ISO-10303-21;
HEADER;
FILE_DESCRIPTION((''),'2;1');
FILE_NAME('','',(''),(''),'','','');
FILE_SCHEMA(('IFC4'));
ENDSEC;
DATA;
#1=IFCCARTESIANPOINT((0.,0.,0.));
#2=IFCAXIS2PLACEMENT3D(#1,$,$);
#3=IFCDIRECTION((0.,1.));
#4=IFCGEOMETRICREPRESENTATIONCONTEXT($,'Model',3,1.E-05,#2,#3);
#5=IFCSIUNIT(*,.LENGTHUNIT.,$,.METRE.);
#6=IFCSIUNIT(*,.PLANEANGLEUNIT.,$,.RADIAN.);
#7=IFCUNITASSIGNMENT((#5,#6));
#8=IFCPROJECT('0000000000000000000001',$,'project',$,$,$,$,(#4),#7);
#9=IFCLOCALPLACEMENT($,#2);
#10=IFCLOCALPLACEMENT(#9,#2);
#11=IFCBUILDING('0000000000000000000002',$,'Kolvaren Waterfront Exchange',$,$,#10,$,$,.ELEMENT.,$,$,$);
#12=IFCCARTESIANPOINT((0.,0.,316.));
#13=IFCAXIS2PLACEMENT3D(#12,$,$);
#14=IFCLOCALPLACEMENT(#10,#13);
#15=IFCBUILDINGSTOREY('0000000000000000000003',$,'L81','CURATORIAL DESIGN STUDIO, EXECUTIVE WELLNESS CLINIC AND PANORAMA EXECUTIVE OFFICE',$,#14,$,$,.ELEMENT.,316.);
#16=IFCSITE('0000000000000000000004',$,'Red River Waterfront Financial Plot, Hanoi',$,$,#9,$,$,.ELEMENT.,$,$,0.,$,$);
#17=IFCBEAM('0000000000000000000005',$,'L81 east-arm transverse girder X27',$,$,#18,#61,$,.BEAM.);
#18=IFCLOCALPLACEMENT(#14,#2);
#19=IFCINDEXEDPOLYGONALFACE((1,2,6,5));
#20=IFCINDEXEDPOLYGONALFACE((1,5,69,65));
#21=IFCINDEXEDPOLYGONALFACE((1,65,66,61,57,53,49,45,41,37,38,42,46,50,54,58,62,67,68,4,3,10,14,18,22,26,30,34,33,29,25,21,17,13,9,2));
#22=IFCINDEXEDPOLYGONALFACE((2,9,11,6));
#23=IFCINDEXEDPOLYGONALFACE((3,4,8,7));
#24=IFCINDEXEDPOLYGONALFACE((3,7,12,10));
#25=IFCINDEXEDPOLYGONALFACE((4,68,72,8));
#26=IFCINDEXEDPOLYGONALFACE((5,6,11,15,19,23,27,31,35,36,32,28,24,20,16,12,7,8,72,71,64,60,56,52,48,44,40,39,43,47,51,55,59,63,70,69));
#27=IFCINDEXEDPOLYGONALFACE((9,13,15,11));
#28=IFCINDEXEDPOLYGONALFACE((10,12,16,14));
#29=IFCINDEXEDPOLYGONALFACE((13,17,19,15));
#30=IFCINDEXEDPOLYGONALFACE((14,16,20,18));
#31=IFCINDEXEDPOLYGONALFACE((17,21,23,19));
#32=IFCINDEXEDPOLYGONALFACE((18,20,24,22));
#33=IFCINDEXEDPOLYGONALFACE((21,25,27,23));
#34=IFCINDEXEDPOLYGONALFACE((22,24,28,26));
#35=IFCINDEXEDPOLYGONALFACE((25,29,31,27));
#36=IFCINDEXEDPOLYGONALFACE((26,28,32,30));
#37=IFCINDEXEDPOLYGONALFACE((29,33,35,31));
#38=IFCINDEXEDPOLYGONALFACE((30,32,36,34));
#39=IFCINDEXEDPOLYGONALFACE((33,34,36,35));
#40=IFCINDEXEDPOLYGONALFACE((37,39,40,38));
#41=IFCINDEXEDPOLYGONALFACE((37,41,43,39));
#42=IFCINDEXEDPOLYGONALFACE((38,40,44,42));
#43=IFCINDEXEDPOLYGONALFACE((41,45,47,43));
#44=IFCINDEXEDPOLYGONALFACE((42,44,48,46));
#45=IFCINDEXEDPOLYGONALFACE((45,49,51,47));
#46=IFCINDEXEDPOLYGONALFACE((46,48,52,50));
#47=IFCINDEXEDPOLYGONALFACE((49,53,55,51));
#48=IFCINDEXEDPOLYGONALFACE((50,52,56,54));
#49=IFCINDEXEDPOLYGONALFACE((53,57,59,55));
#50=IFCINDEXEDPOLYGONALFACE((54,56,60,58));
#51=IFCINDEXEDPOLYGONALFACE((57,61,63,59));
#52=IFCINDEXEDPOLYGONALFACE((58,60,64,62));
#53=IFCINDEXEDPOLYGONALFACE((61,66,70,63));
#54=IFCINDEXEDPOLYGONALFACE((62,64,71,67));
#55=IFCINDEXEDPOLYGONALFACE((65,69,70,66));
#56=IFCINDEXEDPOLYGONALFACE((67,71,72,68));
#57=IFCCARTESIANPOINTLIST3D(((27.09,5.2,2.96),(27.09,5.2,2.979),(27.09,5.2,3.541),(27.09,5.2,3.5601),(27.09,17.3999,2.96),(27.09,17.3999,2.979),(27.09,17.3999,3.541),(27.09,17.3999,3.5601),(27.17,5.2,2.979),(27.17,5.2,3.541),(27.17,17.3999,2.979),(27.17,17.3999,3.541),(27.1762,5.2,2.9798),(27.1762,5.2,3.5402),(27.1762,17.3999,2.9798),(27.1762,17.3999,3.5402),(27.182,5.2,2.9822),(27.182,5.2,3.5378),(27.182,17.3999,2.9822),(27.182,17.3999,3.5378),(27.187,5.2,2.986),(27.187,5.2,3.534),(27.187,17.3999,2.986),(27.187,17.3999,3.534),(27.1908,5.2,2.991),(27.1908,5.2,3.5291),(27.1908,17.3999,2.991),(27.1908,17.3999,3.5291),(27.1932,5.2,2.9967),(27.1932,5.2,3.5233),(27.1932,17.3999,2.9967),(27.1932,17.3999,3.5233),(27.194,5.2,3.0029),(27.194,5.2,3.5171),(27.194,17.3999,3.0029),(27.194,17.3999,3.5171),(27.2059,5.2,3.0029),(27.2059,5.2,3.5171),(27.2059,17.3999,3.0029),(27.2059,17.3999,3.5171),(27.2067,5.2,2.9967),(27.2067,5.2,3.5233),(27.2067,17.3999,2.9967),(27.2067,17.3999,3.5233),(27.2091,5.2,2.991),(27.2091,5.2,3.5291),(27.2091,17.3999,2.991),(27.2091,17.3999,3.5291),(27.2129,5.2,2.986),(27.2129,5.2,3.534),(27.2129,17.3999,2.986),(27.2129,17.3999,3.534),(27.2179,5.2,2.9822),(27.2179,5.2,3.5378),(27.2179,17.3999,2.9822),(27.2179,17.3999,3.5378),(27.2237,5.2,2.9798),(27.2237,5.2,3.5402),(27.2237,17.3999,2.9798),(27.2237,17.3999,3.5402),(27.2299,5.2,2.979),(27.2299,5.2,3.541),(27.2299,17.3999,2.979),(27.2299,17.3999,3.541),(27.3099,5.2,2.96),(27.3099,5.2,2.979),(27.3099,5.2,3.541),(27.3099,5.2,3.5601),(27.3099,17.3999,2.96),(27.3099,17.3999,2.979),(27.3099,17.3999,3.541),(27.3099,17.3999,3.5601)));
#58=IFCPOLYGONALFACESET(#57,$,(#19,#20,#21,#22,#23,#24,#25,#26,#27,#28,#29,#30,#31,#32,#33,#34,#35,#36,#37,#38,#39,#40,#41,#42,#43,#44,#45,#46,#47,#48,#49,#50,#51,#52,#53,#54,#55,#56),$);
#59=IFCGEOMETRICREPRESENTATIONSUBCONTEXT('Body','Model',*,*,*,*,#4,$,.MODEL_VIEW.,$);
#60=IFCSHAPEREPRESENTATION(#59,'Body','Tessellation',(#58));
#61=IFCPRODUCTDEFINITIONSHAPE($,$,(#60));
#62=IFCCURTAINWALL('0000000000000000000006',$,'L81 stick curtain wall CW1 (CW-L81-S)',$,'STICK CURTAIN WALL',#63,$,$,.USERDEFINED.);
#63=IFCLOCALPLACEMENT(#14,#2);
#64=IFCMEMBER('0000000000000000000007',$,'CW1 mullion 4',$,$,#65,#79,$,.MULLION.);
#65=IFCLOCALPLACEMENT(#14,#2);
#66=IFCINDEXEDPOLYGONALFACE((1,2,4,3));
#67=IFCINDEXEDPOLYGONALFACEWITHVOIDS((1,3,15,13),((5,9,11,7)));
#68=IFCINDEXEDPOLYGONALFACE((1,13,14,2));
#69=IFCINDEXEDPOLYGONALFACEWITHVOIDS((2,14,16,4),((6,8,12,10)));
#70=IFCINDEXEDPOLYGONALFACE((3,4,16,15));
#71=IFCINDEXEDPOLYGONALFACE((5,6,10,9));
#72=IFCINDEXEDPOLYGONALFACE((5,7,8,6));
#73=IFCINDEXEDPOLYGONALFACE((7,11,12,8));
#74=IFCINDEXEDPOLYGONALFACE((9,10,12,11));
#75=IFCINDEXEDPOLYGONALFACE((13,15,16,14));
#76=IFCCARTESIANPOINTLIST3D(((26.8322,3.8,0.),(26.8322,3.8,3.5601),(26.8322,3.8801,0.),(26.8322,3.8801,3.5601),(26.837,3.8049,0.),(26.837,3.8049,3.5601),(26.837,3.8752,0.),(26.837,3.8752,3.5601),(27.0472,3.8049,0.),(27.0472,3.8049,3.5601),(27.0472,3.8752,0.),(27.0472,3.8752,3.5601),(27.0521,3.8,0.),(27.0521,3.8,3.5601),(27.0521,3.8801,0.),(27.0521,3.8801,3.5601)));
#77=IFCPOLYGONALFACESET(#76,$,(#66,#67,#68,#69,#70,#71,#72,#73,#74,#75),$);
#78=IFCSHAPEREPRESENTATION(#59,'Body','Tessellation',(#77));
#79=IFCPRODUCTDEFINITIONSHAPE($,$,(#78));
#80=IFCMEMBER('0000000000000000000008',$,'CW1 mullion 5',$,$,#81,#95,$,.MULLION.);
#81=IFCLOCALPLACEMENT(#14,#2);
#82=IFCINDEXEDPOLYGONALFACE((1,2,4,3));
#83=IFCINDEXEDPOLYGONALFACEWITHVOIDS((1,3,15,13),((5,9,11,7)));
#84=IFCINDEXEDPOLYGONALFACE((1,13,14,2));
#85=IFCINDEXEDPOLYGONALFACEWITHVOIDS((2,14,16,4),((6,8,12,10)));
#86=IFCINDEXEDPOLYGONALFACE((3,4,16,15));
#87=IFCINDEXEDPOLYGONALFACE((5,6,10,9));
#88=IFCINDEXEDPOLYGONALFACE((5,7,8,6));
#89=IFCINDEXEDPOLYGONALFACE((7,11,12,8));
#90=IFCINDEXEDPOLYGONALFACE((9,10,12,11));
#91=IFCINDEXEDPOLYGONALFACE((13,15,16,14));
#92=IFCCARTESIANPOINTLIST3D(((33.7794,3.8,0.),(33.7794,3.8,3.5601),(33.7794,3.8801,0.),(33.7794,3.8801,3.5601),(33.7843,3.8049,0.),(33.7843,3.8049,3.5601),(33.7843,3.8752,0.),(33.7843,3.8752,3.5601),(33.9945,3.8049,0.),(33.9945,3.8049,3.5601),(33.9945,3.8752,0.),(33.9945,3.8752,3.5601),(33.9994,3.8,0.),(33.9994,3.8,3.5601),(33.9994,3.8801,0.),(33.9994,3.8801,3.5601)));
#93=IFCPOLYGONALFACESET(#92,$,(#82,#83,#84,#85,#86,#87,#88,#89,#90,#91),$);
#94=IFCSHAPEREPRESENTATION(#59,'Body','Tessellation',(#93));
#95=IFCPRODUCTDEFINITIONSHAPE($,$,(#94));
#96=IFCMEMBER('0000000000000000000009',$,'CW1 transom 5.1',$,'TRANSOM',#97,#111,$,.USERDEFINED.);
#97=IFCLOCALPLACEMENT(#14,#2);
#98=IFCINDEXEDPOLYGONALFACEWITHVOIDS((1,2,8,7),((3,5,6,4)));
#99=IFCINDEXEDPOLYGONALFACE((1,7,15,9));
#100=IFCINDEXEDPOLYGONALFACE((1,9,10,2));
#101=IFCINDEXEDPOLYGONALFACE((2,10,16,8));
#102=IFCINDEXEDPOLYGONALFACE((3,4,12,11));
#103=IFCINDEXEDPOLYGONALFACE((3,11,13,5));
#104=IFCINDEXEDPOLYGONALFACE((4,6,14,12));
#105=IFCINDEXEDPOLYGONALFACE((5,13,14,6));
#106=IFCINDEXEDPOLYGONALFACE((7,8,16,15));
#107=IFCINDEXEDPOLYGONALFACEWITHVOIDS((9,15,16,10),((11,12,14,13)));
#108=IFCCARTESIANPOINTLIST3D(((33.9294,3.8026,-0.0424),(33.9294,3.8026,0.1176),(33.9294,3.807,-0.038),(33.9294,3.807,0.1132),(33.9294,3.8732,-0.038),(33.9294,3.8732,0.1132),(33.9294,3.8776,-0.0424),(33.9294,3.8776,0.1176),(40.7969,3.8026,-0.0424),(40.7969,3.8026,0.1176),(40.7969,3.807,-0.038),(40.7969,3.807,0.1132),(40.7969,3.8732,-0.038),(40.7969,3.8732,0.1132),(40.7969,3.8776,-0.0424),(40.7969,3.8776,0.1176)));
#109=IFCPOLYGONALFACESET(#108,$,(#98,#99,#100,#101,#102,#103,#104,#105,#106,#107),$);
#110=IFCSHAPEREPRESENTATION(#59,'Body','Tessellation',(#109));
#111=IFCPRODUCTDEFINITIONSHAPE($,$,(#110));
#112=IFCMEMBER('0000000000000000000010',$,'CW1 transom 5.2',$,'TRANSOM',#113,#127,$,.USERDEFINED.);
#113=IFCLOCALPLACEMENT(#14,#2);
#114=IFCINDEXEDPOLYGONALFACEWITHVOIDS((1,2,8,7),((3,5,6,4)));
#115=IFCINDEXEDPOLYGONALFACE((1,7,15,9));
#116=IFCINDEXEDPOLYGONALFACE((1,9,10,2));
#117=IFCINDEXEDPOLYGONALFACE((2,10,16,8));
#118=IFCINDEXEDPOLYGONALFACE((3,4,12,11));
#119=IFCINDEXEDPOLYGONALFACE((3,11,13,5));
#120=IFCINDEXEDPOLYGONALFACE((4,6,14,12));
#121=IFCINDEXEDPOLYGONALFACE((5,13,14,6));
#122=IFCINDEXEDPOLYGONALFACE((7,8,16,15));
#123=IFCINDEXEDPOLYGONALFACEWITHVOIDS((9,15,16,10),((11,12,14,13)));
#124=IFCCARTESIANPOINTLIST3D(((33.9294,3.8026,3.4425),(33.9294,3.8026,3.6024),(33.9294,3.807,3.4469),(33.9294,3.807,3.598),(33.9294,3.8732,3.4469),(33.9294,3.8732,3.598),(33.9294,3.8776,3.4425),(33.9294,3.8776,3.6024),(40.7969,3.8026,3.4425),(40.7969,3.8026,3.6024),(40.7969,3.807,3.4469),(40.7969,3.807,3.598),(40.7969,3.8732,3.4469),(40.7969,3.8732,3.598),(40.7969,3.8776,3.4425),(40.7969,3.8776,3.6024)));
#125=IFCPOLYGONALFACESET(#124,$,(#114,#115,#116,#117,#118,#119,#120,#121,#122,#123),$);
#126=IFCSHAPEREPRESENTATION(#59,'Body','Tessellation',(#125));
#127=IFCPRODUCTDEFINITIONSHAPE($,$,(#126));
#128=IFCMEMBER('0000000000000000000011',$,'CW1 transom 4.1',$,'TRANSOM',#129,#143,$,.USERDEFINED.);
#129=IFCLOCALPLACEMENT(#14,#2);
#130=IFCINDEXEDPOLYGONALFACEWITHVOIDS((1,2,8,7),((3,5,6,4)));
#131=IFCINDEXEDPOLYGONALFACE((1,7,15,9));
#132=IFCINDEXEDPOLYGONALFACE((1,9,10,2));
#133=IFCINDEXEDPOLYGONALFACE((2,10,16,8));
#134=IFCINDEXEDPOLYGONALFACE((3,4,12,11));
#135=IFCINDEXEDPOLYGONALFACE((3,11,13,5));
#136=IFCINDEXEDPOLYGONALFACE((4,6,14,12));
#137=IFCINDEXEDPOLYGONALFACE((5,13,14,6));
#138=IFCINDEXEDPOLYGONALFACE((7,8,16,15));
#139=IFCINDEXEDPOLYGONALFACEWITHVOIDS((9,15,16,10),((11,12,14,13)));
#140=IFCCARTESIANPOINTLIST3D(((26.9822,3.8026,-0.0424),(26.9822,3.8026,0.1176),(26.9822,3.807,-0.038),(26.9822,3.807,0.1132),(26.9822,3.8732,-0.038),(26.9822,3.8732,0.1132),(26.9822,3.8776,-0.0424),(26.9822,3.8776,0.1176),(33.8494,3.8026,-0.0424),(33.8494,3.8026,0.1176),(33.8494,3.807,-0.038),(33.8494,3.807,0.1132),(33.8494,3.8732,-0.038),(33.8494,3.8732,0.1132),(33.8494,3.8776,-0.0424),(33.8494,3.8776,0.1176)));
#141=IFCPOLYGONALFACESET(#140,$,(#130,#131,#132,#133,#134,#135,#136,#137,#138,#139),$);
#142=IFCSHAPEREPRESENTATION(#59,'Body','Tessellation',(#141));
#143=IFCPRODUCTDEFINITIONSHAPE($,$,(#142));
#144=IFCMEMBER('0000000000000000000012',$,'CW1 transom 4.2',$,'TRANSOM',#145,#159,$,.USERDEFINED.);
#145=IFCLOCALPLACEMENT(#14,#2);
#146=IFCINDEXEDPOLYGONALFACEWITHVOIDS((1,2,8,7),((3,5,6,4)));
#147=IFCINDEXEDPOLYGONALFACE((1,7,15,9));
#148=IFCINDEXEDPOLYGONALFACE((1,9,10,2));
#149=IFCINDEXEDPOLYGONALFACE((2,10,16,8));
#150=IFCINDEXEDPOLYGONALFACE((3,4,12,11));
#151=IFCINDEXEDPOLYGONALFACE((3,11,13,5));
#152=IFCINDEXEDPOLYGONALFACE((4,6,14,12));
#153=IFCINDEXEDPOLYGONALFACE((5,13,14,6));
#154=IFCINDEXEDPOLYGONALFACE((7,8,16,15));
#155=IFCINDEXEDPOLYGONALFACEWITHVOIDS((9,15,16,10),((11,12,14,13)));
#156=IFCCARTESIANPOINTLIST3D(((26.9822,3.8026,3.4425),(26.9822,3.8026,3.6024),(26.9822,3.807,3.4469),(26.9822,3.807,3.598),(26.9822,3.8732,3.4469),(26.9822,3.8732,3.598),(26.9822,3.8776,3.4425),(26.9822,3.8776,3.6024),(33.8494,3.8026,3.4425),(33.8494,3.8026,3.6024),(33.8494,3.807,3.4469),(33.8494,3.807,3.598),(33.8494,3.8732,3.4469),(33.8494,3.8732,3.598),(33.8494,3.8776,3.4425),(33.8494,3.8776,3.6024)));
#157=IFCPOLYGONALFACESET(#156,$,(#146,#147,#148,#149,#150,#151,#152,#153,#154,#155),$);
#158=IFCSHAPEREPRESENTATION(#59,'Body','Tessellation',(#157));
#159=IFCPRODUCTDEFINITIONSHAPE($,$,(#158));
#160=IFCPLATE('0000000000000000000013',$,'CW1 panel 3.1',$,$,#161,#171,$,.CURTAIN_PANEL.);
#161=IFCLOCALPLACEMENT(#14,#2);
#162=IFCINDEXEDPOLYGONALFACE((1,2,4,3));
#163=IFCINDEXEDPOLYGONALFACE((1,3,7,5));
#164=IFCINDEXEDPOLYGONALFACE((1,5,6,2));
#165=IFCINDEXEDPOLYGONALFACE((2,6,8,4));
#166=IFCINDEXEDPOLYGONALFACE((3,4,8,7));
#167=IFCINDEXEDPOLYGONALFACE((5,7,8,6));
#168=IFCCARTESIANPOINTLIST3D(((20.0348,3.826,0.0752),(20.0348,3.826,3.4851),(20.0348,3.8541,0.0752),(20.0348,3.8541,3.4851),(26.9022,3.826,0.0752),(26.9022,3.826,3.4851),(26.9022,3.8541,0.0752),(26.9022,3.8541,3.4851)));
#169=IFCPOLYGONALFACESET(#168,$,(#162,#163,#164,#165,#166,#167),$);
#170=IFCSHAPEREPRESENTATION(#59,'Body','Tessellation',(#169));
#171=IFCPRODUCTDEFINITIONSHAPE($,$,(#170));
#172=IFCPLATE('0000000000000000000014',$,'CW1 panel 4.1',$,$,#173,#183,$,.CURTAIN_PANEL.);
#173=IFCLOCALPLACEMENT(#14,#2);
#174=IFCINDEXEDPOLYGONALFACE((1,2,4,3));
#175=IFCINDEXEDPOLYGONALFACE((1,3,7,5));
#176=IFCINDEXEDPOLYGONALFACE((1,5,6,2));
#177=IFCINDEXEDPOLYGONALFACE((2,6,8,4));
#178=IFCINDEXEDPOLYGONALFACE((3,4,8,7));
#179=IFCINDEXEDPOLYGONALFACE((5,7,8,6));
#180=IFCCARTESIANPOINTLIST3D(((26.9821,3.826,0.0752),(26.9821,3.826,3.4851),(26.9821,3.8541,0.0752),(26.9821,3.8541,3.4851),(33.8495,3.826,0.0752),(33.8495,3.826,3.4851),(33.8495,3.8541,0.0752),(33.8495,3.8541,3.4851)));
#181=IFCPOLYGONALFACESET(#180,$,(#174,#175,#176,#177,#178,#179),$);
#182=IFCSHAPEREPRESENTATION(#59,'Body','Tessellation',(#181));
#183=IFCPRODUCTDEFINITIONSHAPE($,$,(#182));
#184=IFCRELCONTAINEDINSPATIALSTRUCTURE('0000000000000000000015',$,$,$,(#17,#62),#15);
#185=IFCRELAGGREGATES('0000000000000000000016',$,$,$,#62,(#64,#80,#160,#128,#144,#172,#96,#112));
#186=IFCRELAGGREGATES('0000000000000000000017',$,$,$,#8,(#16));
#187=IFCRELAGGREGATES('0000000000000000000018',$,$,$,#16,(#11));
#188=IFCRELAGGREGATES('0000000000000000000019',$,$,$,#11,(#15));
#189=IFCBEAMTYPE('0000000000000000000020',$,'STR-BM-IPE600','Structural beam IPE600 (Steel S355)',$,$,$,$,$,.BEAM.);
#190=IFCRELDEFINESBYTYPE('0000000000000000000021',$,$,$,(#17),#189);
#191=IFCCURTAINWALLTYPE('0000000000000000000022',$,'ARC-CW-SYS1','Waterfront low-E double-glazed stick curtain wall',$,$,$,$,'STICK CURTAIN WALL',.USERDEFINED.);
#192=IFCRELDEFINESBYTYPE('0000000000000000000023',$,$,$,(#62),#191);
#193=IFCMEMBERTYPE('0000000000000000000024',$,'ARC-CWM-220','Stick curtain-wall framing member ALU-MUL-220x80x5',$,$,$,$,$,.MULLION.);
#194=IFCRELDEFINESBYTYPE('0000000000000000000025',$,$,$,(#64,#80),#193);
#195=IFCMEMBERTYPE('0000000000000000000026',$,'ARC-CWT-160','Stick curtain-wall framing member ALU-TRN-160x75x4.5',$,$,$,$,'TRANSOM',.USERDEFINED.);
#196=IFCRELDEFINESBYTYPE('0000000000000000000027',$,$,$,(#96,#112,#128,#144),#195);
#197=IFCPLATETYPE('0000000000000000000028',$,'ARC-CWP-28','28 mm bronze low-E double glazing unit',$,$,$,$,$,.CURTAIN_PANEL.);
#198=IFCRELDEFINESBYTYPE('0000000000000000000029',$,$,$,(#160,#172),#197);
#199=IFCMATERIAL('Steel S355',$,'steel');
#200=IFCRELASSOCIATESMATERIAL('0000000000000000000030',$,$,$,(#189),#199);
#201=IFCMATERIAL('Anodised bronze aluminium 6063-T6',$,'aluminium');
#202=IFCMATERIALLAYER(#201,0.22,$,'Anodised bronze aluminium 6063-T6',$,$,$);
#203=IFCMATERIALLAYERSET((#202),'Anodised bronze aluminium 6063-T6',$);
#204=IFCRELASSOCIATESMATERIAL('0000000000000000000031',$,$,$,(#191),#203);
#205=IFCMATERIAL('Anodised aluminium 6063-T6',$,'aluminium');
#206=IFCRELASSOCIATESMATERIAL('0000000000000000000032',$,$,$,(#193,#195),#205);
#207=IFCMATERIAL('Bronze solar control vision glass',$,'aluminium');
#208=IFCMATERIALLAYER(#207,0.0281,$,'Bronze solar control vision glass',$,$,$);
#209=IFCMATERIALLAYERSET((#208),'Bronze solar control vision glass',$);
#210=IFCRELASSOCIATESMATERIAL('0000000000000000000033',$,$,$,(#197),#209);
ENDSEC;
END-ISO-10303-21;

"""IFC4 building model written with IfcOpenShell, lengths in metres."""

from ifc_helpers import new_model, si_unit, direction, frame, origin, origin_with_axes, origin_2d, place, context, subcontext, project, spatial, rectangle, hollow_rectangle, i_section, extrude, source, transform, mapped, material, layer, layer_set, material_profile, profile_set, type_object, element, aggregate, save


model = new_model("IFC4")

# Units and contexts
model_context = context("Model", 3, precision=1e-05, world=origin(), true_north=direction((0.0, 1.0)))
body_context = subcontext(model_context, "Body", "Model", "MODEL_VIEW")
ifc_project = project(units=[si_unit("LENGTHUNIT", "METRE"), si_unit("PLANEANGLEUNIT", "RADIAN")], contexts=[model_context])

# Site, building, storey
site_placement = place(None, origin())
site = spatial("IfcSite", under=ifc_project, at=site_placement, Name="Red River Waterfront Financial Plot, Hanoi", CompositionType="ELEMENT", RefElevation=0.0)
building_placement = place(site_placement, origin())
building = spatial("IfcBuilding", under=site, at=building_placement, Name="Kolvaren Waterfront Exchange", CompositionType="ELEMENT")
storey_placement = place(building_placement, frame((0.0, 0.0, 316.0)))
storey = spatial("IfcBuildingStorey", under=building, at=storey_placement, Name="L81", Description="CURATORIAL DESIGN STUDIO, EXECUTIVE WELLNESS CLINIC AND PANORAMA EXECUTIVE OFFICE", CompositionType="ELEMENT", Elevation=316.0)

# Beam
ifc_material_1 = material(Name="Steel S355", Category="steel")
ifc_material_profile_1 = material_profile(ifc_material_1, i_section(OverallWidth=0.22, OverallDepth=0.6001, WebThickness=0.012, FlangeThickness=0.019, FilletRadius=0.0239, at=origin_2d()), Name="IPE600")
ifc_profile_set_1 = profile_set([ifc_material_profile_1], Name="Steel S355")
beam_type_1 = type_object("IfcBeamType", Name="STR-BM-IPE600", Description="Structural beam IPE600 (Steel S355)", PredefinedType="BEAM", material=ifc_profile_set_1)
beam_1_placement = place(storey_placement, frame((27.2, 5.2, 3.26), z_axis=(0.0, 1.0, 0.0), x_axis=(-1.0, 0.0, 0.0)))
element("IfcBeam", 1, at=beam_1_placement, inside=storey, type_object=beam_type_1, Name="L81 east-arm transverse girder X27", PredefinedType="BEAM", context=body_context, shape_type="SweptSolid", body=[
    extrude(i_section(OverallWidth=0.22, OverallDepth=0.6001, WebThickness=0.012, FlangeThickness=0.019, FilletRadius=0.0239, at=origin_2d()), origin(), (0.0, 0.0, 1.0), 12.2),
])

# Curtain wall, members, plates
ifc_material_2 = material(Name="Anodised bronze aluminium 6063-T6", Category="aluminium")
ifc_layer_1 = layer(ifc_material_2, 0.22, Name="Anodised bronze aluminium 6063-T6")
ifc_layer_set_1 = layer_set([ifc_layer_1], Name="Anodised bronze aluminium 6063-T6")
curtain_wall_type = type_object("IfcCurtainWallType", Name="ARC-CW-SYS1", Description="Waterfront low-E double-glazed stick curtain wall", ElementType="STICK CURTAIN WALL", PredefinedType="USERDEFINED", material=ifc_layer_set_1)
curtain_wall_placement = place(storey_placement, origin())
curtain_wall = element("IfcCurtainWall", 2, at=curtain_wall_placement, inside=storey, type_object=curtain_wall_type, Name="L81 stick curtain wall CW1 (CW-L81-S)", ObjectType="STICK CURTAIN WALL", PredefinedType="USERDEFINED")
ifc_material_3 = material(Name="Anodised aluminium 6063-T6", Category="aluminium")
ifc_material_profile_2 = material_profile(ifc_material_3, hollow_rectangle(XDim=0.0801, YDim=0.22, WallThickness=0.0049, at=origin_2d()), Name="ALU-MUL-220x80x5")
ifc_profile_set_2 = profile_set([ifc_material_profile_2], Name="Anodised aluminium 6063-T6")
member_type_1 = type_object("IfcMemberType", Name="ARC-CWM-220", Description="Stick curtain-wall framing member ALU-MUL-220x80x5", PredefinedType="MULLION", material=ifc_profile_set_2)
shared_shape_1 = source(origin_with_axes(), body_context, "Body", "SweptSolid", [
    extrude(hollow_rectangle(XDim=0.0801, YDim=0.22, WallThickness=0.0049, at=origin_2d()), origin(), (0.0, 0.0, 1.0), 3.5601),
])
member_1_placement = place(storey_placement, frame((26.9421, 3.8401, 0.0), z_axis=(0.0, 0.0, 1.0), x_axis=(0.0, 1.0, 0.0)))
member_1 = element("IfcMember", 3, at=member_1_placement, type_object=member_type_1, Name="CW1 mullion 4", PredefinedType="MULLION", context=body_context, shape_type="MappedRepresentation", body=[
    mapped(shared_shape_1, transform((0.0, 0.0, 0.0), x_axis=(1.0, 0.0, 0.0), y_axis=(0.0, 1.0, 0.0), z_axis=(0.0, 0.0, 1.0), scale=1.0)),
])
member_2_placement = place(storey_placement, frame((33.8894, 3.8401, 0.0), z_axis=(0.0, 0.0, 1.0), x_axis=(0.0, 1.0, 0.0)))
member_2 = element("IfcMember", 4, at=member_2_placement, type_object=member_type_1, Name="CW1 mullion 5", PredefinedType="MULLION", context=body_context, shape_type="MappedRepresentation", body=[
    mapped(shared_shape_1, transform((0.0, 0.0, 0.0), x_axis=(1.0, 0.0, 0.0), y_axis=(0.0, 1.0, 0.0), z_axis=(0.0, 0.0, 1.0), scale=1.0)),
])
ifc_material_profile_3 = material_profile(ifc_material_3, hollow_rectangle(XDim=0.075, YDim=0.1599, WallThickness=0.0044, at=origin_2d()), Name="ALU-TRN-160x75x4.5")
ifc_profile_set_3 = profile_set([ifc_material_profile_3], Name="Anodised aluminium 6063-T6")
member_type_2 = type_object("IfcMemberType", Name="ARC-CWT-160", Description="Stick curtain-wall framing member ALU-TRN-160x75x4.5", ElementType="TRANSOM", PredefinedType="USERDEFINED", material=ifc_profile_set_3)
shared_shape_2 = source(origin_with_axes(), body_context, "Body", "SweptSolid", [
    extrude(hollow_rectangle(XDim=0.075, YDim=0.1599, WallThickness=0.0044, at=origin_2d()), origin(), (0.0, 0.0, 1.0), 6.8674),
])
member_3_placement = place(storey_placement, frame((33.9294, 3.8401, 0.0376), z_axis=(1.0, 0.0, 0.0), x_axis=(0.0, 1.0, 0.0)))
member_3 = element("IfcMember", 5, at=member_3_placement, type_object=member_type_2, Name="CW1 transom 5.1", ObjectType="TRANSOM", PredefinedType="USERDEFINED", context=body_context, shape_type="MappedRepresentation", body=[
    mapped(shared_shape_2, transform((0.0, 0.0, 0.0), x_axis=(1.0, 0.0, 0.0), y_axis=(0.0, 1.0, 0.0), z_axis=(0.0, 0.0, 1.0), scale=1.0)),
])
member_4_placement = place(storey_placement, frame((33.9294, 3.8401, 3.5225), z_axis=(1.0, 0.0, 0.0), x_axis=(0.0, 1.0, 0.0)))
member_4 = element("IfcMember", 6, at=member_4_placement, type_object=member_type_2, Name="CW1 transom 5.2", ObjectType="TRANSOM", PredefinedType="USERDEFINED", context=body_context, shape_type="MappedRepresentation", body=[
    mapped(shared_shape_2, transform((0.0, 0.0, 0.0), x_axis=(1.0, 0.0, 0.0), y_axis=(0.0, 1.0, 0.0), z_axis=(0.0, 0.0, 1.0), scale=1.0)),
])
shared_shape_3 = source(origin_with_axes(), body_context, "Body", "SweptSolid", [
    extrude(hollow_rectangle(XDim=0.075, YDim=0.1599, WallThickness=0.0044, at=origin_2d()), origin(), (0.0, 0.0, 1.0), 6.8672),
])
member_5_placement = place(storey_placement, frame((26.9822, 3.8401, 0.0376), z_axis=(1.0, 0.0, 0.0), x_axis=(0.0, 1.0, 0.0)))
member_5 = element("IfcMember", 7, at=member_5_placement, type_object=member_type_2, Name="CW1 transom 4.1", ObjectType="TRANSOM", PredefinedType="USERDEFINED", context=body_context, shape_type="MappedRepresentation", body=[
    mapped(shared_shape_3, transform((0.0, 0.0, 0.0), x_axis=(1.0, 0.0, 0.0), y_axis=(0.0, 1.0, 0.0), z_axis=(0.0, 0.0, 1.0), scale=1.0)),
])
member_6_placement = place(storey_placement, frame((26.9822, 3.8401, 3.5225), z_axis=(1.0, 0.0, 0.0), x_axis=(0.0, 1.0, 0.0)))
member_6 = element("IfcMember", 8, at=member_6_placement, type_object=member_type_2, Name="CW1 transom 4.2", ObjectType="TRANSOM", PredefinedType="USERDEFINED", context=body_context, shape_type="MappedRepresentation", body=[
    mapped(shared_shape_3, transform((0.0, 0.0, 0.0), x_axis=(1.0, 0.0, 0.0), y_axis=(0.0, 1.0, 0.0), z_axis=(0.0, 0.0, 1.0), scale=1.0)),
])
ifc_material_4 = material(Name="Bronze solar control vision glass", Category="aluminium")
ifc_layer_2 = layer(ifc_material_4, 0.0281, Name="Bronze solar control vision glass")
ifc_layer_set_2 = layer_set([ifc_layer_2], Name="Bronze solar control vision glass")
plate_type = type_object("IfcPlateType", Name="ARC-CWP-28", Description="28 mm bronze low-E double glazing unit", PredefinedType="CURTAIN_PANEL", material=ifc_layer_set_2)
shared_shape_4 = source(origin_with_axes(), body_context, "Body", "SweptSolid", [
    extrude(rectangle(XDim=6.8674, YDim=0.0281, at=origin_2d()), origin(), (0.0, 0.0, 1.0), 3.4099),
])
plate_1_placement = place(storey_placement, frame((23.4685, 3.8401, 0.0752), z_axis=(0.0, 0.0, 1.0), x_axis=(1.0, 0.0, 0.0)))
plate_1 = element("IfcPlate", 9, at=plate_1_placement, type_object=plate_type, Name="CW1 panel 3.1", PredefinedType="CURTAIN_PANEL", context=body_context, shape_type="MappedRepresentation", body=[
    mapped(shared_shape_4, transform((0.0, 0.0, 0.0), x_axis=(1.0, 0.0, 0.0), y_axis=(0.0, 1.0, 0.0), z_axis=(0.0, 0.0, 1.0), scale=1.0)),
])
plate_2_placement = place(storey_placement, frame((30.4158, 3.8401, 0.0752), z_axis=(0.0, 0.0, 1.0), x_axis=(1.0, 0.0, 0.0)))
plate_2 = element("IfcPlate", 10, at=plate_2_placement, type_object=plate_type, Name="CW1 panel 4.1", PredefinedType="CURTAIN_PANEL", context=body_context, shape_type="MappedRepresentation", body=[
    mapped(shared_shape_4, transform((0.0, 0.0, 0.0), x_axis=(1.0, 0.0, 0.0), y_axis=(0.0, 1.0, 0.0), z_axis=(0.0, 0.0, 1.0), scale=1.0)),
])
aggregate(curtain_wall, [member_1, member_2, plate_1, member_5, member_6, plate_2, member_3, member_4])

save(model, "model.ifc")
